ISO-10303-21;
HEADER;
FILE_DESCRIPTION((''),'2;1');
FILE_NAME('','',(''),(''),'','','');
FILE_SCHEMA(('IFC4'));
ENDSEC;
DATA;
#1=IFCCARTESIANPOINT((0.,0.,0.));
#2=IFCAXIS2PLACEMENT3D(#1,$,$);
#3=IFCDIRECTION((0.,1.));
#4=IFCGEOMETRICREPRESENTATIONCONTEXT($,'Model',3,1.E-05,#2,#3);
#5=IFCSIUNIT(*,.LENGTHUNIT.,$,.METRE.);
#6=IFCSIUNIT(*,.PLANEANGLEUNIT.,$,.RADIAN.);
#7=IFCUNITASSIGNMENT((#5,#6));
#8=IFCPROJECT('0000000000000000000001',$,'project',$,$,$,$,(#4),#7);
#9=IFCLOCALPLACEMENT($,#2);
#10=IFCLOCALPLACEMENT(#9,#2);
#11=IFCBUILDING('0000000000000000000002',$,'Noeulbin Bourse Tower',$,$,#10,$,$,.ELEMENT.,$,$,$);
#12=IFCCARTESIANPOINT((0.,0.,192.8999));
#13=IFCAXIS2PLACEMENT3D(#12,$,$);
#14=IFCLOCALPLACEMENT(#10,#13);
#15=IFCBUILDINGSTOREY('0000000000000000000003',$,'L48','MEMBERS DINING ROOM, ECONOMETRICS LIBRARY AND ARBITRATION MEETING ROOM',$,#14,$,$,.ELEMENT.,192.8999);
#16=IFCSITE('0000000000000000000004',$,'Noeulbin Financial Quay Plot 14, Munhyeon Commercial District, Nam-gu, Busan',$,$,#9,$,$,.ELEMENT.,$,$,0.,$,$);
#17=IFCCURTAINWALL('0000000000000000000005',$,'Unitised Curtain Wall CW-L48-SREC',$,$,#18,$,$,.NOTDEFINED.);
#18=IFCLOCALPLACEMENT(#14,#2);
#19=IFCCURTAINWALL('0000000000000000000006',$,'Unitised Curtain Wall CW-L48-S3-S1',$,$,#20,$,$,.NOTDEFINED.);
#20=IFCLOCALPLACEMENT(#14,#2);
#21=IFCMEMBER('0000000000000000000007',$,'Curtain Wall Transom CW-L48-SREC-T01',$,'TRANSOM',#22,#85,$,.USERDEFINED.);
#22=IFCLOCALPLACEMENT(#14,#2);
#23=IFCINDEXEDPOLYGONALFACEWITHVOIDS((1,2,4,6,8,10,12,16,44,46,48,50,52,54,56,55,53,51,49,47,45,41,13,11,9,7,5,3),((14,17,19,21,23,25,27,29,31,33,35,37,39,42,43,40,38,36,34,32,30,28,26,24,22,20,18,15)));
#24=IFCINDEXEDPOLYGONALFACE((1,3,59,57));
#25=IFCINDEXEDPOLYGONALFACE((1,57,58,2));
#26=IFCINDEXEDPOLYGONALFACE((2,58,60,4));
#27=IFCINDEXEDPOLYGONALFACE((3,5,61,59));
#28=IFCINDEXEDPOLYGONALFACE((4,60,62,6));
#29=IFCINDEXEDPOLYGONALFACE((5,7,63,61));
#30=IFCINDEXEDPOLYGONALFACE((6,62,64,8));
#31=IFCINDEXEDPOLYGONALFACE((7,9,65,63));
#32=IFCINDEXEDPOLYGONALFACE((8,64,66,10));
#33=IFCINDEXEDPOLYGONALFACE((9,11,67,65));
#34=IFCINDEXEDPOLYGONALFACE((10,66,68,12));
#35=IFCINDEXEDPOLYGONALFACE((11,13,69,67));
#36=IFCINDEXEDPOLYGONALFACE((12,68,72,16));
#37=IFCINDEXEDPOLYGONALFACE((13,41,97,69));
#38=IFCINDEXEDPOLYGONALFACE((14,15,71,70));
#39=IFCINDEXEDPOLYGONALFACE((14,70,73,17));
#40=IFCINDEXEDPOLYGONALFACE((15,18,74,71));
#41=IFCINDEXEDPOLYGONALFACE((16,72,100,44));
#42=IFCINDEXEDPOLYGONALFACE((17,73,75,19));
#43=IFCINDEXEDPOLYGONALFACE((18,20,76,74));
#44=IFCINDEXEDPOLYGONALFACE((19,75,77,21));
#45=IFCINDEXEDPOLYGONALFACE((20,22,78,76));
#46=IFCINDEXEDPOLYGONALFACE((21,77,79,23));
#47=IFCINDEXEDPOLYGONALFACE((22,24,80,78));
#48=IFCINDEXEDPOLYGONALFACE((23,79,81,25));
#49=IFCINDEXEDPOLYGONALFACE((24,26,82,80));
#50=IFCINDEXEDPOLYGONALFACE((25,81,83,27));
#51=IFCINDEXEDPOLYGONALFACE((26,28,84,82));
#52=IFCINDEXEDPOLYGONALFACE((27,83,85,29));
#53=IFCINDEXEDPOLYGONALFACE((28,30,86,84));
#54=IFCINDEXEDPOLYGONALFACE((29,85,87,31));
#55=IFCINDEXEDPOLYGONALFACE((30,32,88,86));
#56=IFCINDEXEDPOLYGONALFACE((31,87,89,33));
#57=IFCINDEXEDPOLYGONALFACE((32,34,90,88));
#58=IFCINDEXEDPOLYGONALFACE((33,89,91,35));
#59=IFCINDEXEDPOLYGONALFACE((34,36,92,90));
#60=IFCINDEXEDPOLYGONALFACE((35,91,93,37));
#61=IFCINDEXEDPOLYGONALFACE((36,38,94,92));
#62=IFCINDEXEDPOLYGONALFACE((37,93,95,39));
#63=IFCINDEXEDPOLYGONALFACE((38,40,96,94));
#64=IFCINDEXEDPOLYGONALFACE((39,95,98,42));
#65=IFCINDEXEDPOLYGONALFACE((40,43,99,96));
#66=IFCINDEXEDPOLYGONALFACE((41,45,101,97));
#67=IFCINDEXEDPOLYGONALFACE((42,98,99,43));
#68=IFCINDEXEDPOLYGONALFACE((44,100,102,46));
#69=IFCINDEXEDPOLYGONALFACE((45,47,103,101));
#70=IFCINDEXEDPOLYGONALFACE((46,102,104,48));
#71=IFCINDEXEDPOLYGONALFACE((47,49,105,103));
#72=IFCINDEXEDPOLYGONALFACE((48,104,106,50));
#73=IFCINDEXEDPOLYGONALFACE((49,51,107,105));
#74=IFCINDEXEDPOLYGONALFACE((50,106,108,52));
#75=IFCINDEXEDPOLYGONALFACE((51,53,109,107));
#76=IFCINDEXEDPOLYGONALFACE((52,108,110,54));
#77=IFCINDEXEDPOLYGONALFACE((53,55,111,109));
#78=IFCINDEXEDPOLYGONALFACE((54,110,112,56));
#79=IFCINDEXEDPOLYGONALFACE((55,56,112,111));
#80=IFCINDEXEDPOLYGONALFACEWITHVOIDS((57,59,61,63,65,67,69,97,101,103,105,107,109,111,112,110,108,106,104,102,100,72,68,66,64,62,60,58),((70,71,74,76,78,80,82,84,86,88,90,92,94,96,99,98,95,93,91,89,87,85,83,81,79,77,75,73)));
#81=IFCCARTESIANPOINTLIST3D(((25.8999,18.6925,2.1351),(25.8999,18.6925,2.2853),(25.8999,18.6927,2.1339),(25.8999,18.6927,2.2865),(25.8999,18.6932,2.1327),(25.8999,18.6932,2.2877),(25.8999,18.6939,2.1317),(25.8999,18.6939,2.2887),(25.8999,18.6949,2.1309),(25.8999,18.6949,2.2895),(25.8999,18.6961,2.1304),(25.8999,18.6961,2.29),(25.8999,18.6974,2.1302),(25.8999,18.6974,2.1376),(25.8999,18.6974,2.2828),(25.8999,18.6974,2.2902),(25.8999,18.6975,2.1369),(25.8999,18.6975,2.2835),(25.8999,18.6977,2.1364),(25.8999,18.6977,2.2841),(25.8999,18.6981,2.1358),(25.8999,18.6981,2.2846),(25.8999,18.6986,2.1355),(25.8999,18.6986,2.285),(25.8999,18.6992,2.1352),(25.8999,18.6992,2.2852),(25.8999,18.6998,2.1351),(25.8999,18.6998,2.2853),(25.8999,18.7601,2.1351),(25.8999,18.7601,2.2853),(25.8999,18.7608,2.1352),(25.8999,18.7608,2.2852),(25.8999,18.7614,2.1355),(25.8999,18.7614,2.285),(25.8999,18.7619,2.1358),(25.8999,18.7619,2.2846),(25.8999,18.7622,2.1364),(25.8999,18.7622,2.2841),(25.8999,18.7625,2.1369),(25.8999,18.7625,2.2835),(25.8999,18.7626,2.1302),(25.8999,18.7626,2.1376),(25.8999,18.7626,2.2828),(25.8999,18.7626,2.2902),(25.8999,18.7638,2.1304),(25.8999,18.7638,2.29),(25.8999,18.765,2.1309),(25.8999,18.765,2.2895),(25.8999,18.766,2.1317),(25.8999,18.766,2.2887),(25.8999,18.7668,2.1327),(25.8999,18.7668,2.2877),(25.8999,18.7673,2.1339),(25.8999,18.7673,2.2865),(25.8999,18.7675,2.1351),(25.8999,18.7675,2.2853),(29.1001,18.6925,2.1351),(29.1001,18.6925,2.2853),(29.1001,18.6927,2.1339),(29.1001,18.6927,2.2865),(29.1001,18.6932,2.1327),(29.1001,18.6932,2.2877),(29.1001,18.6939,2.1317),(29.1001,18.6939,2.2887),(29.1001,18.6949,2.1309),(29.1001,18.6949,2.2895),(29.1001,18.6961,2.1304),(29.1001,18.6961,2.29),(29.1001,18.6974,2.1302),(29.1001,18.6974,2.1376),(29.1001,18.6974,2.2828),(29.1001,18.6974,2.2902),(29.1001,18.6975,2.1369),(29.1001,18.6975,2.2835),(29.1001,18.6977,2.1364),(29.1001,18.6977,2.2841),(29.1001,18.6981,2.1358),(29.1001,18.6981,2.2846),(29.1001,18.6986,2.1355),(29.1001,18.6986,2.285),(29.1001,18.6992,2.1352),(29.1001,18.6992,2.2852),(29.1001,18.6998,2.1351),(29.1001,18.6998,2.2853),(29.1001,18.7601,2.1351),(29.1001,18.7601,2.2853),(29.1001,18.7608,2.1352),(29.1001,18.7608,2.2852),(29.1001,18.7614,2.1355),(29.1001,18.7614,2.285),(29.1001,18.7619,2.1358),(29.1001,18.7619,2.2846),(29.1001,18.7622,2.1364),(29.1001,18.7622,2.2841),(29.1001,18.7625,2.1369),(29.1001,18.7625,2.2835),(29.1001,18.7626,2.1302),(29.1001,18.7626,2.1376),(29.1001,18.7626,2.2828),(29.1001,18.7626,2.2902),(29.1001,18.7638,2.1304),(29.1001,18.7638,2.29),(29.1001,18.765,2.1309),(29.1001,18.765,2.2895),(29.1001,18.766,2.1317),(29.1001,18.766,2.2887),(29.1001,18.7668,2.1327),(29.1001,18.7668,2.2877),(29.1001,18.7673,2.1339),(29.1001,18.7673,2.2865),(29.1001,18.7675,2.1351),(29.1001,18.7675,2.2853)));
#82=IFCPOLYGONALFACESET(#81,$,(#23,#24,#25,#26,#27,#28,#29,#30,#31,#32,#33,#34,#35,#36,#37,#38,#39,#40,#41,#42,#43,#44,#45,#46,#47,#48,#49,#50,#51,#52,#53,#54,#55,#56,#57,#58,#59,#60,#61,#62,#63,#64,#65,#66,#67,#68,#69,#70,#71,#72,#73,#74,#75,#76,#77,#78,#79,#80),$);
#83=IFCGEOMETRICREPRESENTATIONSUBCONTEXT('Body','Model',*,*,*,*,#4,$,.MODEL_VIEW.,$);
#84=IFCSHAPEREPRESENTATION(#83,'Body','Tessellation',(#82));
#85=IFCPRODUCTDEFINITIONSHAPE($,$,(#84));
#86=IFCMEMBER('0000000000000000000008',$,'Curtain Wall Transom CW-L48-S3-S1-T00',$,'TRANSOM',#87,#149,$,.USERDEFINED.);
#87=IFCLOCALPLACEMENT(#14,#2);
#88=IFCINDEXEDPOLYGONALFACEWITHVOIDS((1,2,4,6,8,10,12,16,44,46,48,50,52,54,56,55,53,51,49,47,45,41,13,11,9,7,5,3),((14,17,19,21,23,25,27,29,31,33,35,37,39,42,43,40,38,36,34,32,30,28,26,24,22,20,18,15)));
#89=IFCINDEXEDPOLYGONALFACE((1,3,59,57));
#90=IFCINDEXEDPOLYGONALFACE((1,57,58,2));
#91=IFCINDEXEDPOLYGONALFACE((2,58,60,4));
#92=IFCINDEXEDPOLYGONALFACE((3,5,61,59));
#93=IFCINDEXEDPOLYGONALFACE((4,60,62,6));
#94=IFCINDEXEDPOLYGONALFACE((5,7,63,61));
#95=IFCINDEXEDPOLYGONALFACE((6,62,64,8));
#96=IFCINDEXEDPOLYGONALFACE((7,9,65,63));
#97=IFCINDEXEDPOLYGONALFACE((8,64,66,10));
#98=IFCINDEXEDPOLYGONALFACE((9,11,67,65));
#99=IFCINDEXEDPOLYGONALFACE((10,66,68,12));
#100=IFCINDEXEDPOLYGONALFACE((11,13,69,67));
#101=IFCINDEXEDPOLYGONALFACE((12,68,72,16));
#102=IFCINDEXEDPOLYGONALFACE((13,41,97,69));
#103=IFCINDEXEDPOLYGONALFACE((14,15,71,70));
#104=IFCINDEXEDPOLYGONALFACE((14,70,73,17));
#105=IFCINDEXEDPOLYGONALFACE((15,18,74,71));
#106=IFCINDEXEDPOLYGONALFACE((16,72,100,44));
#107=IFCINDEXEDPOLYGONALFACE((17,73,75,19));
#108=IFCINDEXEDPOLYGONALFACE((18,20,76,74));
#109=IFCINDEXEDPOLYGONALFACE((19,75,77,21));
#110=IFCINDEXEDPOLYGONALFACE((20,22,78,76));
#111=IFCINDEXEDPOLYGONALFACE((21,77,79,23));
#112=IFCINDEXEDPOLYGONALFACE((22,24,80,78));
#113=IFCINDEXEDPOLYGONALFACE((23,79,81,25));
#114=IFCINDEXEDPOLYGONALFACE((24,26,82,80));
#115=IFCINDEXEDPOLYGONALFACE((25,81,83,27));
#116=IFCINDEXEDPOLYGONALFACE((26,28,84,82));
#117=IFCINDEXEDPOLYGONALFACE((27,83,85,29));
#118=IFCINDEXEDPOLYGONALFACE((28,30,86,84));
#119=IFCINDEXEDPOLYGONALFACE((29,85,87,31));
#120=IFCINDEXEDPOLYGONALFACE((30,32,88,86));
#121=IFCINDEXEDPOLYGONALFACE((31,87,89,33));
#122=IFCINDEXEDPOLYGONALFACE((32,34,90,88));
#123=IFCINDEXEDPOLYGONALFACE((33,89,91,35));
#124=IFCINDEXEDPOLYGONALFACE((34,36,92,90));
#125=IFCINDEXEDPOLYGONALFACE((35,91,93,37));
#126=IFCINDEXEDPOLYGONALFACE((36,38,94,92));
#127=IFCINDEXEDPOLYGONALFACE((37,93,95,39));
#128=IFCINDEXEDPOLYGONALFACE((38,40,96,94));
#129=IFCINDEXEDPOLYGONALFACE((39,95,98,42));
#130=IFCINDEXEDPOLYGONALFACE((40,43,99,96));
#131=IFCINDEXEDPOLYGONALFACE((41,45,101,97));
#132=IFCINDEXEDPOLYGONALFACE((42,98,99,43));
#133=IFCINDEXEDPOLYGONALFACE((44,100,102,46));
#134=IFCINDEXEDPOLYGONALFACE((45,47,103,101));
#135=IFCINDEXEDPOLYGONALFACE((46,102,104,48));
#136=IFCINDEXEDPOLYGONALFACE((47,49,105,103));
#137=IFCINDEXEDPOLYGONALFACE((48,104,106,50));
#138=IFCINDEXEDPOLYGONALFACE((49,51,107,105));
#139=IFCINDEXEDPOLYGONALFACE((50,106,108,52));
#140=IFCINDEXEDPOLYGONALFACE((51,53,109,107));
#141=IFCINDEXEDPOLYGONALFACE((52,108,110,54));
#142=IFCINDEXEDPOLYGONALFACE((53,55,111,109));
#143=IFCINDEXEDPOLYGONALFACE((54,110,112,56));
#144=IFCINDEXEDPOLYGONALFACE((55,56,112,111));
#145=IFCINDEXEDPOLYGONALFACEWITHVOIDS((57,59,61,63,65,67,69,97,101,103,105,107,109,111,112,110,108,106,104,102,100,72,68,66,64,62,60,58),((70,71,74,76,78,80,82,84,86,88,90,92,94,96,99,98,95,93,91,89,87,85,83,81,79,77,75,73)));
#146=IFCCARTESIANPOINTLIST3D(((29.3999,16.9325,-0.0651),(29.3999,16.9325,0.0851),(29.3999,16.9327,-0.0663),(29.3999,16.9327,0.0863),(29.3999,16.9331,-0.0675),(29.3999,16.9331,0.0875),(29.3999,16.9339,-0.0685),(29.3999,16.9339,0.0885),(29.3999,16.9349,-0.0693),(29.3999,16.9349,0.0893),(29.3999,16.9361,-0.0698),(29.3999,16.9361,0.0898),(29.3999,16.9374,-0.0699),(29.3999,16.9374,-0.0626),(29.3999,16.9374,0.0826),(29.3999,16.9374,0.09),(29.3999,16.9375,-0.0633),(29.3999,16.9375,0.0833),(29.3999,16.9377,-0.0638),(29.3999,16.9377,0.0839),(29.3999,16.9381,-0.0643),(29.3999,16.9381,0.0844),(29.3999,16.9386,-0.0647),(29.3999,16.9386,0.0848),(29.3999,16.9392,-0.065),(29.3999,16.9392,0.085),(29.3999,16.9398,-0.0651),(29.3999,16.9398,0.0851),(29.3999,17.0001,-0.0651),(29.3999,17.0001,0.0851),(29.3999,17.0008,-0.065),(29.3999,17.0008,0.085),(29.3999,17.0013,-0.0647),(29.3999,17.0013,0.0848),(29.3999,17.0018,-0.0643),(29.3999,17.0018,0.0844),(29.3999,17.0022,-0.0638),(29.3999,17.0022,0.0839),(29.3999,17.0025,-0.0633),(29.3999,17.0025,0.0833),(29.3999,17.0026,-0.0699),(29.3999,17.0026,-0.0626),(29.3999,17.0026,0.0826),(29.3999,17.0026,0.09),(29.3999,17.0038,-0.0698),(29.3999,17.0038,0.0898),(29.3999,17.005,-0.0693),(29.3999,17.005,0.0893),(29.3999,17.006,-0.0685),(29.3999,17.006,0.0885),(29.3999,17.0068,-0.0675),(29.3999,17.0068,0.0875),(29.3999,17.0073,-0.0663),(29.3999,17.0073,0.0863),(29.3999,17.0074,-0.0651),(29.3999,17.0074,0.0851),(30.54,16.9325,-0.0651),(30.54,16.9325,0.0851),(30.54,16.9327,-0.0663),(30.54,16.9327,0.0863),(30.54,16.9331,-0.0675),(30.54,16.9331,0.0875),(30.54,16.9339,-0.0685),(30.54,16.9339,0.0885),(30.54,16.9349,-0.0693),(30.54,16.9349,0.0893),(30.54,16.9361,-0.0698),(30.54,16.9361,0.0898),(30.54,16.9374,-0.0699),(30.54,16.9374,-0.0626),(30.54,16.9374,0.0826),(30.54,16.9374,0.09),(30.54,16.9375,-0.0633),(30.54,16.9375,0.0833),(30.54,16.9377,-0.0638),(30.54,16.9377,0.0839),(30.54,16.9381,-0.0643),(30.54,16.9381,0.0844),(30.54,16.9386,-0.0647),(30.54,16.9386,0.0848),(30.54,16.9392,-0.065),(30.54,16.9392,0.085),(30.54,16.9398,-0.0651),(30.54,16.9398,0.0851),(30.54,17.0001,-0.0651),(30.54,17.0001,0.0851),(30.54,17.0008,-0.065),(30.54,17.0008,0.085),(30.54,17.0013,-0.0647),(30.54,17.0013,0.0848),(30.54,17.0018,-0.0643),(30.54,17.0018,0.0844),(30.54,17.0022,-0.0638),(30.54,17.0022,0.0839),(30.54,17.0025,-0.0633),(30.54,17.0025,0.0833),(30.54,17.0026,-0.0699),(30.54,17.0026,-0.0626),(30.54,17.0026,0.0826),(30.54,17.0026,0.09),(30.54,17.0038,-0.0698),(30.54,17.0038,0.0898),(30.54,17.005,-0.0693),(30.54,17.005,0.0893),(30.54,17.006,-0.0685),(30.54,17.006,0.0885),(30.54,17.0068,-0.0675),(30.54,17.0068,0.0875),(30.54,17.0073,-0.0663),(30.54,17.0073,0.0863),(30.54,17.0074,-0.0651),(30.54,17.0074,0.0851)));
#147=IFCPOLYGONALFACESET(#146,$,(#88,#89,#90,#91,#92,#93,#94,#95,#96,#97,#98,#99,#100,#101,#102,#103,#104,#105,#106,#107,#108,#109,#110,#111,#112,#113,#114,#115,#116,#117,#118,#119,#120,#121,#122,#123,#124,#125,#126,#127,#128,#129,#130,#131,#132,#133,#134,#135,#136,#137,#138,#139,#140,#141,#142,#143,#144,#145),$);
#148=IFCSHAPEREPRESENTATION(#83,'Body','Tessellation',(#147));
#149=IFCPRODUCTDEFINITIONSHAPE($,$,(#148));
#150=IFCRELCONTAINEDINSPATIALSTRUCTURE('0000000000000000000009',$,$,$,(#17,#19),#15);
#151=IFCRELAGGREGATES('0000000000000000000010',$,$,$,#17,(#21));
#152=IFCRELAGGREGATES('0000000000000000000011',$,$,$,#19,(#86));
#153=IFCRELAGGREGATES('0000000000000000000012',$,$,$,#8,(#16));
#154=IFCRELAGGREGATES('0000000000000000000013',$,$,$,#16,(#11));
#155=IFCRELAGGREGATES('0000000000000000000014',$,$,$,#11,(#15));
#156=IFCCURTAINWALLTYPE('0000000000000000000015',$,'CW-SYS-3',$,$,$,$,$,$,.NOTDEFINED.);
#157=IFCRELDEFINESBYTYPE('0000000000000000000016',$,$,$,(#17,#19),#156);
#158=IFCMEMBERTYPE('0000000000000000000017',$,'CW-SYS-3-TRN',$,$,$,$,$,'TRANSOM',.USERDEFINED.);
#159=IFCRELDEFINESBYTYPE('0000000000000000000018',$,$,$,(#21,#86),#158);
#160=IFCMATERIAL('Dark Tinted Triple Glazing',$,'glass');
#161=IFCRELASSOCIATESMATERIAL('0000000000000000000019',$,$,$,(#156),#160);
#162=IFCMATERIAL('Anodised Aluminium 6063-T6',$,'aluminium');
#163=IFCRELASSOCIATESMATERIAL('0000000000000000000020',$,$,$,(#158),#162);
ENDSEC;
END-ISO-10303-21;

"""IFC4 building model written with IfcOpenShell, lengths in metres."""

from ifc_helpers import new_model, si_unit, direction, frame, origin, origin_2d, place, context, subcontext, project, spatial, hollow_rectangle, extrude, material, material_profile, profile_set, type_object, element, aggregate, save


model = new_model("IFC4")

# Units and contexts
model_context = context("Model", 3, precision=1e-05, world=origin(), true_north=direction((0.0, 1.0)))
body_context = subcontext(model_context, "Body", "Model", "MODEL_VIEW")
ifc_project = project(units=[si_unit("LENGTHUNIT", "METRE"), si_unit("PLANEANGLEUNIT", "RADIAN")], contexts=[model_context])

# Site, building, storey
site_placement = place(None, origin())
site = spatial("IfcSite", under=ifc_project, at=site_placement, Name="Noeulbin Financial Quay Plot 14, Munhyeon Commercial District, Nam-gu, Busan", CompositionType="ELEMENT", RefElevation=0.0)
building_placement = place(site_placement, origin())
building = spatial("IfcBuilding", under=site, at=building_placement, Name="Noeulbin Bourse Tower", CompositionType="ELEMENT")
storey_placement = place(building_placement, frame((0.0, 0.0, 192.8999)))
storey = spatial("IfcBuildingStorey", under=building, at=storey_placement, Name="L48", Description="MEMBERS DINING ROOM, ECONOMETRICS LIBRARY AND ARBITRATION MEETING ROOM", CompositionType="ELEMENT", Elevation=192.8999)

# Curtain wall
ifc_material_1 = material(Name="Dark Tinted Triple Glazing", Category="glass")
curtain_wall_type = type_object("IfcCurtainWallType", Name="CW-SYS-3", PredefinedType="NOTDEFINED", material=ifc_material_1)
curtain_wall_1_placement = place(storey_placement, origin())
curtain_wall_1 = element("IfcCurtainWall", 1, at=curtain_wall_1_placement, inside=storey, type_object=curtain_wall_type, Name="Unitised Curtain Wall CW-L48-SREC", PredefinedType="NOTDEFINED")
ifc_material_2 = material(Name="Anodised Aluminium 6063-T6", Category="aluminium")

# Curtain wall
curtain_wall_2_placement = place(storey_placement, origin())
curtain_wall_2 = element("IfcCurtainWall", 2, at=curtain_wall_2_placement, inside=storey, type_object=curtain_wall_type, Name="Unitised Curtain Wall CW-L48-S3-S1", PredefinedType="NOTDEFINED")

# Members
ifc_material_profile_1 = material_profile(ifc_material_2, hollow_rectangle(XDim=0.075, YDim=0.1599, WallThickness=0.0049, InnerFilletRadius=0.0024, OuterFilletRadius=0.0049, at=origin_2d()), Name="ALU-TRAN-75x160x5", Category="LoadBearing")
ifc_profile_set_1 = profile_set([ifc_material_profile_1], Name="Anodised Aluminium 6063-T6")
member_type_1 = type_object("IfcMemberType", Name="CW-SYS-3-TRN", ElementType="TRANSOM", PredefinedType="USERDEFINED", material=ifc_profile_set_1)
member_1_placement = place(storey_placement, frame((25.8999, 18.73, 2.2102), z_axis=(1.0, 0.0, 0.0), x_axis=(0.0, 1.0, 0.0)))
member_1 = element("IfcMember", 3, at=member_1_placement, type_object=member_type_1, Name="Curtain Wall Transom CW-L48-SREC-T01", ObjectType="TRANSOM", PredefinedType="USERDEFINED", context=body_context, shape_type="SweptSolid", body=[
    extrude(hollow_rectangle(XDim=0.075, YDim=0.1599, WallThickness=0.0049, InnerFilletRadius=0.0024, OuterFilletRadius=0.0049, at=origin_2d()), origin(), (0.0, 0.0, 1.0), 3.2002),
])
member_2_placement = place(storey_placement, frame((29.3999, 16.97, 0.01), z_axis=(1.0, 0.0, 0.0), x_axis=(0.0, 1.0, 0.0)))
member_2 = element("IfcMember", 4, at=member_2_placement, type_object=member_type_1, Name="Curtain Wall Transom CW-L48-S3-S1-T00", ObjectType="TRANSOM", PredefinedType="USERDEFINED", context=body_context, shape_type="SweptSolid", body=[
    extrude(hollow_rectangle(XDim=0.075, YDim=0.1599, WallThickness=0.0049, InnerFilletRadius=0.0024, OuterFilletRadius=0.0049, at=origin_2d()), origin(), (0.0, 0.0, 1.0), 1.1401),
])

aggregate(curtain_wall_1, [member_1])
aggregate(curtain_wall_2, [member_2])

save(model, "model.ifc")
